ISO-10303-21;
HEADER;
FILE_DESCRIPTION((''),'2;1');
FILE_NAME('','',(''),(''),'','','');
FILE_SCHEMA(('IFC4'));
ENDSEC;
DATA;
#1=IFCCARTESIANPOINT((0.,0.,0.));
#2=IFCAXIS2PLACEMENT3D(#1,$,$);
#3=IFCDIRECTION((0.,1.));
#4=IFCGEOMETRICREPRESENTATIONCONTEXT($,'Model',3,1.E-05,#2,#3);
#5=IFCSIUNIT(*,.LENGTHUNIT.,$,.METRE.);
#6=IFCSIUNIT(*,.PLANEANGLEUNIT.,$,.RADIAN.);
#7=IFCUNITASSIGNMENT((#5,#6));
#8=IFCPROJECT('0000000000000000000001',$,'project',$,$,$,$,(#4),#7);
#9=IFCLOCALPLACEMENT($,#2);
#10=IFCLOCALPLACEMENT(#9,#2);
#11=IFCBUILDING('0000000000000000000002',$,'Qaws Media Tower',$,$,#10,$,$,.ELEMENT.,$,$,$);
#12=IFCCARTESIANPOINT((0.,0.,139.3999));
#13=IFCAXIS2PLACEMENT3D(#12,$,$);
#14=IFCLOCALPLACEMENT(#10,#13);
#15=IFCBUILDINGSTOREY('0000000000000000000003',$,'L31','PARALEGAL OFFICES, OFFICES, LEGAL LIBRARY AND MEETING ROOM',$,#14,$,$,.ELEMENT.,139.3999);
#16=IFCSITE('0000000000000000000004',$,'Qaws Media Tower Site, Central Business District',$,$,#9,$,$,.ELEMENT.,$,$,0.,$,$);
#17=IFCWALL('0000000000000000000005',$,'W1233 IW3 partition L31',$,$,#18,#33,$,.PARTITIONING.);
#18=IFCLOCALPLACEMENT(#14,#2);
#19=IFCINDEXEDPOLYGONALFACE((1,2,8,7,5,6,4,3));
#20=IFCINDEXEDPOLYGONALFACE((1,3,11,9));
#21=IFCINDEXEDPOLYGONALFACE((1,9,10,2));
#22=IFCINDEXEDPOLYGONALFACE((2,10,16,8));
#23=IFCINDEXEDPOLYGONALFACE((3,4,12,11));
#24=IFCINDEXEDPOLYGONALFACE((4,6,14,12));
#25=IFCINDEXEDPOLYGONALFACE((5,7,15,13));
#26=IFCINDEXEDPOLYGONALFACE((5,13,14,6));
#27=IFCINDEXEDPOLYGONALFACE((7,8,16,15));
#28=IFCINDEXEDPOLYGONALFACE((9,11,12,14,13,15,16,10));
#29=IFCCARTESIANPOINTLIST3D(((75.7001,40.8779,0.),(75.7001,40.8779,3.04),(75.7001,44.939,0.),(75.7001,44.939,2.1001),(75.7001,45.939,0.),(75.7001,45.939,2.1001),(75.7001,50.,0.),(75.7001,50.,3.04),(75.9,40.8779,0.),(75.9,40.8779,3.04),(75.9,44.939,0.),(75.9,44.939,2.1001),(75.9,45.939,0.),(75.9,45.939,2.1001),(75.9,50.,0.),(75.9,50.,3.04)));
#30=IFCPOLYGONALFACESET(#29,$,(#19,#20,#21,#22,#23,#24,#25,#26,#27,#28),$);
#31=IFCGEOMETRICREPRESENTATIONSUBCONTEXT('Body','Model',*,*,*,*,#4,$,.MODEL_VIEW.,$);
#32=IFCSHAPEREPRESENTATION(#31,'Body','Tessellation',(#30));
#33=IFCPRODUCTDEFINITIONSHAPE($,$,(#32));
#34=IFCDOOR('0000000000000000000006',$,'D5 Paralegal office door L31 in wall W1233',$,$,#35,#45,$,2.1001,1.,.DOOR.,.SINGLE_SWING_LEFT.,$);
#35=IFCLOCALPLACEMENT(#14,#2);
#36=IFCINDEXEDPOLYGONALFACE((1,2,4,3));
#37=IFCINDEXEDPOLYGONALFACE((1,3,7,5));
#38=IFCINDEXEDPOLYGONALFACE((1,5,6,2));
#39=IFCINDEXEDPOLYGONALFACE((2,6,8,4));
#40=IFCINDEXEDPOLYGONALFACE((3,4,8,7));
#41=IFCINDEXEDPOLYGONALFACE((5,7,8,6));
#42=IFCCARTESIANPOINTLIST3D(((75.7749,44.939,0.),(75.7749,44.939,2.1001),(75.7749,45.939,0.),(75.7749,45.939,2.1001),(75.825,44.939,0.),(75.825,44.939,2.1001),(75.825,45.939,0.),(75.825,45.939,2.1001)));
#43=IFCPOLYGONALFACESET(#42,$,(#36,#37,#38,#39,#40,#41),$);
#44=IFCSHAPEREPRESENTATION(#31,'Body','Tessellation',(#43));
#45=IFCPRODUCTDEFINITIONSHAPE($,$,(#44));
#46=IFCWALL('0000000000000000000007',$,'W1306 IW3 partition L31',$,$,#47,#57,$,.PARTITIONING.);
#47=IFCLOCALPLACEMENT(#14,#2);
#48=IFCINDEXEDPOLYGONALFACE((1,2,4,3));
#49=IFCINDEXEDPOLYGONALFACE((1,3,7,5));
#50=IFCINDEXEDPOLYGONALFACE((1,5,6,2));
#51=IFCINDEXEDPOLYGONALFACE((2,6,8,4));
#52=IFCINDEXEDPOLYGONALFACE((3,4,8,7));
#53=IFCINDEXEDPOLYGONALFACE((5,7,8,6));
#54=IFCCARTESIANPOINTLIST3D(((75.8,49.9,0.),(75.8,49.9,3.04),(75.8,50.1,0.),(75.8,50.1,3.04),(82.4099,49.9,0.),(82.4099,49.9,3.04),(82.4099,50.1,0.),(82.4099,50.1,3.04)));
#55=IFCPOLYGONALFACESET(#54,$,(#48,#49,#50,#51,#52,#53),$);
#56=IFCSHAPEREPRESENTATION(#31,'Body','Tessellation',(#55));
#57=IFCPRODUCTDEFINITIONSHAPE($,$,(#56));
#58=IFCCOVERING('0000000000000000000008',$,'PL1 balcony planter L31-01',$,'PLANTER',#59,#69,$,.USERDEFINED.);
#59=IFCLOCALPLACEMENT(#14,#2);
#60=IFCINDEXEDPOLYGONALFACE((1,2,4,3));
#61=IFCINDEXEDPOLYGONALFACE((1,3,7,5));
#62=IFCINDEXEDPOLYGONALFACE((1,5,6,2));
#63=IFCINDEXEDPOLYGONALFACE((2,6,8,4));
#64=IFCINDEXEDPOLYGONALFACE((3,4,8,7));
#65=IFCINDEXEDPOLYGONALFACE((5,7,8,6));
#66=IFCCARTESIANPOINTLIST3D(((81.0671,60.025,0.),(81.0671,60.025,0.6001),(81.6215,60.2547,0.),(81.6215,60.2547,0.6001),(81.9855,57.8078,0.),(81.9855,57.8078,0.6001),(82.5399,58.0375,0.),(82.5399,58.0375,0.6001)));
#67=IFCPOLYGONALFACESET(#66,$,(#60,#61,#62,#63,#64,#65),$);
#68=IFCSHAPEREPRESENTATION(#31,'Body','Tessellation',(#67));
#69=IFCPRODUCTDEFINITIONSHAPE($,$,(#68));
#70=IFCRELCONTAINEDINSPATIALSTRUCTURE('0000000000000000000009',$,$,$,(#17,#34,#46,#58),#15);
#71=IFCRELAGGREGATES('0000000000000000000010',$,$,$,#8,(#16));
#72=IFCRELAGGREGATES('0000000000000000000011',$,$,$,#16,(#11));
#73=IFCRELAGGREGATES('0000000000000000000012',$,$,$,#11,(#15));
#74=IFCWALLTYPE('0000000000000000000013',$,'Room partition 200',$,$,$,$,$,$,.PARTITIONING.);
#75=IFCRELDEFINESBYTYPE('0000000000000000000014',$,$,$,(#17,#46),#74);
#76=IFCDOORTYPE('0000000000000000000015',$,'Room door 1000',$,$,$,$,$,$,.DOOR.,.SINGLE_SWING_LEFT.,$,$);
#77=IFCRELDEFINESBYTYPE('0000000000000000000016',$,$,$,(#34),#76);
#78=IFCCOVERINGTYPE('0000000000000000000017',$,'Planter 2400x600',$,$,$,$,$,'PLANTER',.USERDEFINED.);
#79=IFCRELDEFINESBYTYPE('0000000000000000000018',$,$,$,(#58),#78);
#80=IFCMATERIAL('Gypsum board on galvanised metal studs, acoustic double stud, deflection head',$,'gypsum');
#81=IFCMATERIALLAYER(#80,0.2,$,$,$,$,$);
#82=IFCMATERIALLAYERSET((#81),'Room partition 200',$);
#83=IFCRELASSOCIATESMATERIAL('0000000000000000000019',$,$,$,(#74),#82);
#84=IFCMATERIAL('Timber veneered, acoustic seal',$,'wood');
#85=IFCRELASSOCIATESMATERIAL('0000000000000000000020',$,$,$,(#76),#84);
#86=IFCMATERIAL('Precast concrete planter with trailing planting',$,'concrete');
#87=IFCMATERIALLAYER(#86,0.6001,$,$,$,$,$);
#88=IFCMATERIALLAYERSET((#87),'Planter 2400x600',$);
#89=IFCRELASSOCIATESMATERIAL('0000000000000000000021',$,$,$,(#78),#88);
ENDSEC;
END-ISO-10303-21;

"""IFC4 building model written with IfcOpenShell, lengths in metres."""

from ifc_helpers import new_model, si_unit, direction, frame, frame_2d, origin, origin_2d, place, context, subcontext, project, spatial, rectangle, extrude, material, layer, layer_set, type_object, element, fill, save


model = new_model("IFC4")

# Units and contexts
model_context = context("Model", 3, precision=1e-05, world=origin(), true_north=direction((0.0, 1.0)))
body_context = subcontext(model_context, "Body", "Model", "MODEL_VIEW")
ifc_project = project(units=[si_unit("LENGTHUNIT", "METRE"), si_unit("PLANEANGLEUNIT", "RADIAN")], contexts=[model_context])

# Site, building, storey
site_placement = place(None, origin())
site = spatial("IfcSite", under=ifc_project, at=site_placement, Name="Qaws Media Tower Site, Central Business District", CompositionType="ELEMENT", RefElevation=0.0)
building_placement = place(site_placement, origin())
building = spatial("IfcBuilding", under=site, at=building_placement, Name="Qaws Media Tower", CompositionType="ELEMENT")
storey_placement = place(building_placement, frame((0.0, 0.0, 139.3999)))
storey = spatial("IfcBuildingStorey", under=building, at=storey_placement, Name="L31", Description="PARALEGAL OFFICES, OFFICES, LEGAL LIBRARY AND MEETING ROOM", CompositionType="ELEMENT", Elevation=139.3999)

# Shared definitions
ifc_material_1 = material(Name="Gypsum board on galvanised metal studs, acoustic double stud, deflection head", Category="gypsum")
ifc_layer_1 = layer(ifc_material_1, 0.2)
ifc_layer_set_1 = layer_set([ifc_layer_1], Name="Room partition 200")
wall_type_1 = type_object("IfcWallType", Name="Room partition 200", PredefinedType="PARTITIONING", material=ifc_layer_set_1)

# Wall, opening, door
wall_1_placement = place(storey_placement, frame((75.8, 50.0, 0.0), z_axis=(0.0, 0.0, 1.0), x_axis=(0.0, -1.0, 0.0)))
wall_1 = element("IfcWall", 1, at=wall_1_placement, inside=storey, type_object=wall_type_1, Name="W1233 IW3 partition L31", PredefinedType="PARTITIONING", context=body_context, shape_type="SweptSolid", body=[
    extrude(rectangle(XDim=9.1221, YDim=0.2, at=frame_2d((4.561, 0.0))), origin(), (0.0, 0.0, 1.0), 3.04),
])
opening_1_placement = place(wall_1_placement, frame((4.061, 0.0, 0.0)))
opening_1 = element("IfcOpeningElement", 2, at=opening_1_placement, cuts=wall_1, PredefinedType="OPENING", context=body_context, shape_type="SweptSolid", body=[
    extrude(rectangle(XDim=1.0, YDim=2.1001, at=frame_2d((0.5, 1.05))), frame((0.0, 0.1099, 0.0), z_axis=(0.0, -1.0, 0.0), x_axis=(1.0, 0.0, 0.0)), (0.0, 0.0, 1.0), 0.22),
])
ifc_material_2 = material(Name="Timber veneered, acoustic seal", Category="wood")
door_type_1 = type_object("IfcDoorType", Name="Room door 1000", OperationType="SINGLE_SWING_LEFT", PredefinedType="DOOR", material=ifc_material_2)
door_1_placement = place(opening_1_placement, origin())
door_1 = element("IfcDoor", 3, at=door_1_placement, inside=storey, type_object=door_type_1, Name="D5 Paralegal office door L31 in wall W1233", OperationType="SINGLE_SWING_LEFT", OverallHeight=2.1001, OverallWidth=1.0, PredefinedType="DOOR", context=body_context, shape_type="SweptSolid", body=[
    extrude(rectangle(XDim=1.0, YDim=2.1001, at=frame_2d((0.5, 1.05))), frame((0.0, 0.0249, 0.0), z_axis=(0.0, -1.0, 0.0), x_axis=(1.0, 0.0, 0.0)), (0.0, 0.0, 1.0), 0.05),
])
fill(opening_1, door_1)

# Wall
wall_2_placement = place(storey_placement, frame((75.8, 50.0, 0.0), z_axis=(0.0, 0.0, 1.0), x_axis=(1.0, 0.0, 0.0)))
element("IfcWall", 4, at=wall_2_placement, inside=storey, type_object=wall_type_1, Name="W1306 IW3 partition L31", PredefinedType="PARTITIONING", context=body_context, shape_type="SweptSolid", body=[
    extrude(rectangle(XDim=6.6099, YDim=0.2, at=frame_2d((3.3049, 0.0))), origin(), (0.0, 0.0, 1.0), 3.04),
])

# Covering
ifc_material_3 = material(Name="Precast concrete planter with trailing planting", Category="concrete")
ifc_layer_2 = layer(ifc_material_3, 0.6001)
ifc_layer_set_2 = layer_set([ifc_layer_2], Name="Planter 2400x600")
covering_type = type_object("IfcCoveringType", Name="Planter 2400x600", ElementType="PLANTER", PredefinedType="USERDEFINED", material=ifc_layer_set_2)
covering_placement = place(storey_placement, frame((81.8035, 59.0312, 0.0), z_axis=(0.0, 0.0, 1.0), x_axis=(-0.382683, 0.92388, 0.0)))
element("IfcCovering", 5, at=covering_placement, inside=storey, type_object=covering_type, Name="PL1 balcony planter L31-01", ObjectType="PLANTER", PredefinedType="USERDEFINED", context=body_context, shape_type="SweptSolid", body=[
    extrude(rectangle(XDim=2.3999, YDim=0.6001, at=origin_2d()), origin(), (0.0, 0.0, 1.0), 0.6001),
])

save(model, "model.ifc")
